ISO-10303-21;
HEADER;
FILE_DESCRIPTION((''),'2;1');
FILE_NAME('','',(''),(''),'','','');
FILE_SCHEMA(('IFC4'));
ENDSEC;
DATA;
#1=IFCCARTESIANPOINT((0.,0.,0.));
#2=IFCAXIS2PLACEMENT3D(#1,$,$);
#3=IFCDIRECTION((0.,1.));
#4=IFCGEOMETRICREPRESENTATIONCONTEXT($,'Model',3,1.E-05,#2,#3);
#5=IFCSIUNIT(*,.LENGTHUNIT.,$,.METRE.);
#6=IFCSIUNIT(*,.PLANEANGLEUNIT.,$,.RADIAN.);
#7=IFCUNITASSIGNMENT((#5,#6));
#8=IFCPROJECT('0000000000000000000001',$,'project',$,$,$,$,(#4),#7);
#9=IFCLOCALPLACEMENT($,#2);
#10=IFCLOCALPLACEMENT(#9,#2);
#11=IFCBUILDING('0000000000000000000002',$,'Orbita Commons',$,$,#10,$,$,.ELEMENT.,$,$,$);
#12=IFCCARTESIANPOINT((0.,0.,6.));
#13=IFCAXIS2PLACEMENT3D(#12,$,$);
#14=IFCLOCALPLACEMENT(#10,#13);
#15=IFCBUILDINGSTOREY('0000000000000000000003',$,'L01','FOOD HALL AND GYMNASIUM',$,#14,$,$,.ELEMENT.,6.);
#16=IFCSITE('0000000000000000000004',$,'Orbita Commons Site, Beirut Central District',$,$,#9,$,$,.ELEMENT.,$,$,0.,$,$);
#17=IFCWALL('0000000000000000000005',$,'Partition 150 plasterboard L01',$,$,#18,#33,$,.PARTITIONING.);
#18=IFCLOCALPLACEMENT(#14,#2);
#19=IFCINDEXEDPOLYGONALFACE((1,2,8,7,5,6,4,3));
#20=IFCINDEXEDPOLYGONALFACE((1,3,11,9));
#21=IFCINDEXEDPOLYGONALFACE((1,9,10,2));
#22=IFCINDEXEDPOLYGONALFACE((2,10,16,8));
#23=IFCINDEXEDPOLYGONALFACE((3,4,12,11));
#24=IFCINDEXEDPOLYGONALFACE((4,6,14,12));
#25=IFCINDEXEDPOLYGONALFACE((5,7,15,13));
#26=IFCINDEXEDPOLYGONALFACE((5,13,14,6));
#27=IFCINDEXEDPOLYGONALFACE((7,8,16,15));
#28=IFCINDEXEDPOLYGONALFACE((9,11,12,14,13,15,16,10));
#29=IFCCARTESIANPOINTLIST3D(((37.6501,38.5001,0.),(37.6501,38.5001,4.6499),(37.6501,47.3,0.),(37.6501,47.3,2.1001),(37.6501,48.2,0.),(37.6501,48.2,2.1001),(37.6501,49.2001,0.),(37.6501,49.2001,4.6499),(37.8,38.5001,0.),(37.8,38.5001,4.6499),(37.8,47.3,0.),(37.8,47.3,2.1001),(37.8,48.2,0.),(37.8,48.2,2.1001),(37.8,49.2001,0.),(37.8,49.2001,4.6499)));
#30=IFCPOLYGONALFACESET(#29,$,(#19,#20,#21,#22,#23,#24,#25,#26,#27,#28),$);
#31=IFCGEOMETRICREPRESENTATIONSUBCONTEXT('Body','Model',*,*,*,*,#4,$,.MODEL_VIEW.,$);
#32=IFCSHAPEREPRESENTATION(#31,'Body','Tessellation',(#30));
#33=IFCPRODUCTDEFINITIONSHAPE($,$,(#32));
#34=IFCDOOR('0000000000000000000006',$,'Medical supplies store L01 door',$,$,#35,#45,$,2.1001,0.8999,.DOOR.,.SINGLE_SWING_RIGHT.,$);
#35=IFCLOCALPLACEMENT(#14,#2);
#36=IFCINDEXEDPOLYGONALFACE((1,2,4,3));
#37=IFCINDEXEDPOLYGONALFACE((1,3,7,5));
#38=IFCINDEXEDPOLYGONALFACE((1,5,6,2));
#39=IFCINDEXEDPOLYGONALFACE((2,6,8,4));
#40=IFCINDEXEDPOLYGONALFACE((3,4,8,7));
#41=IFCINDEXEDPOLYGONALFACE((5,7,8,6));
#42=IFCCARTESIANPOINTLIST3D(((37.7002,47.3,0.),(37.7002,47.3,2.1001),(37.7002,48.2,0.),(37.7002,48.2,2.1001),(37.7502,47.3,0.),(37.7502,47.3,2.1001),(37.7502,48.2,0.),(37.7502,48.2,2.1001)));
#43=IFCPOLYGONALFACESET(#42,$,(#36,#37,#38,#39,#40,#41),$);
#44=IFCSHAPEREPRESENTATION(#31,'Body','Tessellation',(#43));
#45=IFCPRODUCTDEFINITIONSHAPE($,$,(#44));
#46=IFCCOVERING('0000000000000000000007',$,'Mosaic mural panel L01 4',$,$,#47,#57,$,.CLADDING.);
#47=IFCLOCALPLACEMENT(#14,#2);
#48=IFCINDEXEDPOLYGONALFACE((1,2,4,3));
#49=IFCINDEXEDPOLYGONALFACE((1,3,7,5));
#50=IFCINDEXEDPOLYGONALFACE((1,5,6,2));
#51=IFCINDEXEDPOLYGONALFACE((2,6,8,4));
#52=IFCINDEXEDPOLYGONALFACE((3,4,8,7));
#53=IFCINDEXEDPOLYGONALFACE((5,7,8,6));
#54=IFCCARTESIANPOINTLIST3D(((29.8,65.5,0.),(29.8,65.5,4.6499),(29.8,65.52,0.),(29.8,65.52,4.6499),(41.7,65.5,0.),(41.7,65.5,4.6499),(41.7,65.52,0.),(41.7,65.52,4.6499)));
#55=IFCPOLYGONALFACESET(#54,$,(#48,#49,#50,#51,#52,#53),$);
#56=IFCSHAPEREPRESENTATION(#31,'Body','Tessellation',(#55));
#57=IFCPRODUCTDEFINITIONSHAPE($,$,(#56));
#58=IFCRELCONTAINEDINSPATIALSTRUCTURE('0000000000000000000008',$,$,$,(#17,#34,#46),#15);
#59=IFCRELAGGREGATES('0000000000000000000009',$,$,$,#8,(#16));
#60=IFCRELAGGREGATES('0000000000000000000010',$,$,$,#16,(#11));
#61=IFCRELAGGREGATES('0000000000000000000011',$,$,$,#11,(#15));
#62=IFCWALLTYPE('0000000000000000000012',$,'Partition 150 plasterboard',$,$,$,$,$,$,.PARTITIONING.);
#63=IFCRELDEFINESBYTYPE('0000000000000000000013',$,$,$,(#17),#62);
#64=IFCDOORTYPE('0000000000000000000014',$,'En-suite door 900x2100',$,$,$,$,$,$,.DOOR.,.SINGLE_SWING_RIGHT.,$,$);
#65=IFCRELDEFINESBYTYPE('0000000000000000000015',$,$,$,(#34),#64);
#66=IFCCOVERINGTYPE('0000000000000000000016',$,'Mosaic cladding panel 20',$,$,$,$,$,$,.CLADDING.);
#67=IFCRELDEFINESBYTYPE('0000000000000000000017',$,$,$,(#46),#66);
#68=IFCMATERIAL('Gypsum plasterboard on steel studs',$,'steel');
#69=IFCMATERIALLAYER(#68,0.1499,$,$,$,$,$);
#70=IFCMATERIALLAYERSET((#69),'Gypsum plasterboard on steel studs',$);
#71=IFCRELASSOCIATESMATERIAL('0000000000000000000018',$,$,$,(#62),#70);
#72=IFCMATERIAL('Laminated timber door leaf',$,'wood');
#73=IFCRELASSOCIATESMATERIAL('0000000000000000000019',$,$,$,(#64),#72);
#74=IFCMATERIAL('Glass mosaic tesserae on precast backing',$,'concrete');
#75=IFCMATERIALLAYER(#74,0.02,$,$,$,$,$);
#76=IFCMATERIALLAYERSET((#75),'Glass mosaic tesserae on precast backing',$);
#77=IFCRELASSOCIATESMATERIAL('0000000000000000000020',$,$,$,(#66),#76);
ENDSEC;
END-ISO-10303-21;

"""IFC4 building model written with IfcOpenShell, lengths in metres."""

from ifc_helpers import new_model, si_unit, direction, frame, frame_2d, origin, origin_2d, place, context, subcontext, project, spatial, rectangle, extrude, material, layer, layer_set, type_object, element, fill, save


model = new_model("IFC4")

# Units and contexts
model_context = context("Model", 3, precision=1e-05, world=origin(), true_north=direction((0.0, 1.0)))
body_context = subcontext(model_context, "Body", "Model", "MODEL_VIEW")
ifc_project = project(units=[si_unit("LENGTHUNIT", "METRE"), si_unit("PLANEANGLEUNIT", "RADIAN")], contexts=[model_context])

# Site, building, storey
site_placement = place(None, origin())
site = spatial("IfcSite", under=ifc_project, at=site_placement, Name="Orbita Commons Site, Beirut Central District", CompositionType="ELEMENT", RefElevation=0.0)
building_placement = place(site_placement, origin())
building = spatial("IfcBuilding", under=site, at=building_placement, Name="Orbita Commons", CompositionType="ELEMENT")
storey_placement = place(building_placement, frame((0.0, 0.0, 6.0)))
storey = spatial("IfcBuildingStorey", under=building, at=storey_placement, Name="L01", Description="FOOD HALL AND GYMNASIUM", CompositionType="ELEMENT", Elevation=6.0)

# Wall, opening, door
ifc_material_1 = material(Name="Gypsum plasterboard on steel studs", Category="steel")
ifc_layer_1 = layer(ifc_material_1, 0.1499)
ifc_layer_set_1 = layer_set([ifc_layer_1], Name="Gypsum plasterboard on steel studs")
wall_type_1 = type_object("IfcWallType", Name="Partition 150 plasterboard", PredefinedType="PARTITIONING", material=ifc_layer_set_1)
wall_1_placement = place(storey_placement, frame((37.7251, 38.5, 0.0), z_axis=(0.0, 0.0, 1.0), x_axis=(0.0, 1.0, 0.0)))
wall_1 = element("IfcWall", 1, at=wall_1_placement, inside=storey, type_object=wall_type_1, Name="Partition 150 plasterboard L01", PredefinedType="PARTITIONING", context=body_context, shape_type="SweptSolid", body=[
    extrude(rectangle(XDim=10.7, YDim=0.1499, at=frame_2d((5.3501, 0.0))), origin(), (0.0, 0.0, 1.0), 4.6499),
])
opening_1_placement = place(wall_1_placement, frame((8.8, 0.0, 0.0)))
opening_1 = element("IfcOpeningElement", 2, at=opening_1_placement, cuts=wall_1, PredefinedType="OPENING", context=body_context, shape_type="SweptSolid", body=[
    extrude(rectangle(XDim=0.8999, YDim=2.1001, at=frame_2d((0.45, 1.05))), frame((0.0, 0.085, 0.0), z_axis=(0.0, -1.0, 0.0), x_axis=(1.0, 0.0, 0.0)), (0.0, 0.0, 1.0), 0.1699),
])
ifc_material_2 = material(Name="Laminated timber door leaf", Category="wood")
door_type_1 = type_object("IfcDoorType", Name="En-suite door 900x2100", OperationType="SINGLE_SWING_RIGHT", PredefinedType="DOOR", material=ifc_material_2)
door_1_placement = place(opening_1_placement, origin())
door_1 = element("IfcDoor", 3, at=door_1_placement, inside=storey, type_object=door_type_1, Name="Medical supplies store L01 door", OperationType="SINGLE_SWING_RIGHT", OverallHeight=2.1001, OverallWidth=0.8999, PredefinedType="DOOR", context=body_context, shape_type="SweptSolid", body=[
    extrude(rectangle(XDim=0.8999, YDim=2.1001, at=frame_2d((0.45, 1.05))), frame((0.0, 0.0249, 0.0), z_axis=(0.0, -1.0, 0.0), x_axis=(1.0, 0.0, 0.0)), (0.0, 0.0, 1.0), 0.05),
])
fill(opening_1, door_1)

# Covering
ifc_material_3 = material(Name="Glass mosaic tesserae on precast backing", Category="concrete")
ifc_layer_2 = layer(ifc_material_3, 0.02)
ifc_layer_set_2 = layer_set([ifc_layer_2], Name="Glass mosaic tesserae on precast backing")
covering_type = type_object("IfcCoveringType", Name="Mosaic cladding panel 20", PredefinedType="CLADDING", material=ifc_layer_set_2)
covering_placement = place(storey_placement, frame((35.75, 65.51, 0.0), z_axis=(0.0, 0.0, 1.0), x_axis=(1.0, 0.0, 0.0)))
element("IfcCovering", 4, at=covering_placement, inside=storey, type_object=covering_type, Name="Mosaic mural panel L01 4", PredefinedType="CLADDING", context=body_context, shape_type="SweptSolid", body=[
    extrude(rectangle(XDim=11.8999, YDim=0.02, at=origin_2d()), origin(), (0.0, 0.0, 1.0), 4.6499),
])

save(model, "model.ifc")
